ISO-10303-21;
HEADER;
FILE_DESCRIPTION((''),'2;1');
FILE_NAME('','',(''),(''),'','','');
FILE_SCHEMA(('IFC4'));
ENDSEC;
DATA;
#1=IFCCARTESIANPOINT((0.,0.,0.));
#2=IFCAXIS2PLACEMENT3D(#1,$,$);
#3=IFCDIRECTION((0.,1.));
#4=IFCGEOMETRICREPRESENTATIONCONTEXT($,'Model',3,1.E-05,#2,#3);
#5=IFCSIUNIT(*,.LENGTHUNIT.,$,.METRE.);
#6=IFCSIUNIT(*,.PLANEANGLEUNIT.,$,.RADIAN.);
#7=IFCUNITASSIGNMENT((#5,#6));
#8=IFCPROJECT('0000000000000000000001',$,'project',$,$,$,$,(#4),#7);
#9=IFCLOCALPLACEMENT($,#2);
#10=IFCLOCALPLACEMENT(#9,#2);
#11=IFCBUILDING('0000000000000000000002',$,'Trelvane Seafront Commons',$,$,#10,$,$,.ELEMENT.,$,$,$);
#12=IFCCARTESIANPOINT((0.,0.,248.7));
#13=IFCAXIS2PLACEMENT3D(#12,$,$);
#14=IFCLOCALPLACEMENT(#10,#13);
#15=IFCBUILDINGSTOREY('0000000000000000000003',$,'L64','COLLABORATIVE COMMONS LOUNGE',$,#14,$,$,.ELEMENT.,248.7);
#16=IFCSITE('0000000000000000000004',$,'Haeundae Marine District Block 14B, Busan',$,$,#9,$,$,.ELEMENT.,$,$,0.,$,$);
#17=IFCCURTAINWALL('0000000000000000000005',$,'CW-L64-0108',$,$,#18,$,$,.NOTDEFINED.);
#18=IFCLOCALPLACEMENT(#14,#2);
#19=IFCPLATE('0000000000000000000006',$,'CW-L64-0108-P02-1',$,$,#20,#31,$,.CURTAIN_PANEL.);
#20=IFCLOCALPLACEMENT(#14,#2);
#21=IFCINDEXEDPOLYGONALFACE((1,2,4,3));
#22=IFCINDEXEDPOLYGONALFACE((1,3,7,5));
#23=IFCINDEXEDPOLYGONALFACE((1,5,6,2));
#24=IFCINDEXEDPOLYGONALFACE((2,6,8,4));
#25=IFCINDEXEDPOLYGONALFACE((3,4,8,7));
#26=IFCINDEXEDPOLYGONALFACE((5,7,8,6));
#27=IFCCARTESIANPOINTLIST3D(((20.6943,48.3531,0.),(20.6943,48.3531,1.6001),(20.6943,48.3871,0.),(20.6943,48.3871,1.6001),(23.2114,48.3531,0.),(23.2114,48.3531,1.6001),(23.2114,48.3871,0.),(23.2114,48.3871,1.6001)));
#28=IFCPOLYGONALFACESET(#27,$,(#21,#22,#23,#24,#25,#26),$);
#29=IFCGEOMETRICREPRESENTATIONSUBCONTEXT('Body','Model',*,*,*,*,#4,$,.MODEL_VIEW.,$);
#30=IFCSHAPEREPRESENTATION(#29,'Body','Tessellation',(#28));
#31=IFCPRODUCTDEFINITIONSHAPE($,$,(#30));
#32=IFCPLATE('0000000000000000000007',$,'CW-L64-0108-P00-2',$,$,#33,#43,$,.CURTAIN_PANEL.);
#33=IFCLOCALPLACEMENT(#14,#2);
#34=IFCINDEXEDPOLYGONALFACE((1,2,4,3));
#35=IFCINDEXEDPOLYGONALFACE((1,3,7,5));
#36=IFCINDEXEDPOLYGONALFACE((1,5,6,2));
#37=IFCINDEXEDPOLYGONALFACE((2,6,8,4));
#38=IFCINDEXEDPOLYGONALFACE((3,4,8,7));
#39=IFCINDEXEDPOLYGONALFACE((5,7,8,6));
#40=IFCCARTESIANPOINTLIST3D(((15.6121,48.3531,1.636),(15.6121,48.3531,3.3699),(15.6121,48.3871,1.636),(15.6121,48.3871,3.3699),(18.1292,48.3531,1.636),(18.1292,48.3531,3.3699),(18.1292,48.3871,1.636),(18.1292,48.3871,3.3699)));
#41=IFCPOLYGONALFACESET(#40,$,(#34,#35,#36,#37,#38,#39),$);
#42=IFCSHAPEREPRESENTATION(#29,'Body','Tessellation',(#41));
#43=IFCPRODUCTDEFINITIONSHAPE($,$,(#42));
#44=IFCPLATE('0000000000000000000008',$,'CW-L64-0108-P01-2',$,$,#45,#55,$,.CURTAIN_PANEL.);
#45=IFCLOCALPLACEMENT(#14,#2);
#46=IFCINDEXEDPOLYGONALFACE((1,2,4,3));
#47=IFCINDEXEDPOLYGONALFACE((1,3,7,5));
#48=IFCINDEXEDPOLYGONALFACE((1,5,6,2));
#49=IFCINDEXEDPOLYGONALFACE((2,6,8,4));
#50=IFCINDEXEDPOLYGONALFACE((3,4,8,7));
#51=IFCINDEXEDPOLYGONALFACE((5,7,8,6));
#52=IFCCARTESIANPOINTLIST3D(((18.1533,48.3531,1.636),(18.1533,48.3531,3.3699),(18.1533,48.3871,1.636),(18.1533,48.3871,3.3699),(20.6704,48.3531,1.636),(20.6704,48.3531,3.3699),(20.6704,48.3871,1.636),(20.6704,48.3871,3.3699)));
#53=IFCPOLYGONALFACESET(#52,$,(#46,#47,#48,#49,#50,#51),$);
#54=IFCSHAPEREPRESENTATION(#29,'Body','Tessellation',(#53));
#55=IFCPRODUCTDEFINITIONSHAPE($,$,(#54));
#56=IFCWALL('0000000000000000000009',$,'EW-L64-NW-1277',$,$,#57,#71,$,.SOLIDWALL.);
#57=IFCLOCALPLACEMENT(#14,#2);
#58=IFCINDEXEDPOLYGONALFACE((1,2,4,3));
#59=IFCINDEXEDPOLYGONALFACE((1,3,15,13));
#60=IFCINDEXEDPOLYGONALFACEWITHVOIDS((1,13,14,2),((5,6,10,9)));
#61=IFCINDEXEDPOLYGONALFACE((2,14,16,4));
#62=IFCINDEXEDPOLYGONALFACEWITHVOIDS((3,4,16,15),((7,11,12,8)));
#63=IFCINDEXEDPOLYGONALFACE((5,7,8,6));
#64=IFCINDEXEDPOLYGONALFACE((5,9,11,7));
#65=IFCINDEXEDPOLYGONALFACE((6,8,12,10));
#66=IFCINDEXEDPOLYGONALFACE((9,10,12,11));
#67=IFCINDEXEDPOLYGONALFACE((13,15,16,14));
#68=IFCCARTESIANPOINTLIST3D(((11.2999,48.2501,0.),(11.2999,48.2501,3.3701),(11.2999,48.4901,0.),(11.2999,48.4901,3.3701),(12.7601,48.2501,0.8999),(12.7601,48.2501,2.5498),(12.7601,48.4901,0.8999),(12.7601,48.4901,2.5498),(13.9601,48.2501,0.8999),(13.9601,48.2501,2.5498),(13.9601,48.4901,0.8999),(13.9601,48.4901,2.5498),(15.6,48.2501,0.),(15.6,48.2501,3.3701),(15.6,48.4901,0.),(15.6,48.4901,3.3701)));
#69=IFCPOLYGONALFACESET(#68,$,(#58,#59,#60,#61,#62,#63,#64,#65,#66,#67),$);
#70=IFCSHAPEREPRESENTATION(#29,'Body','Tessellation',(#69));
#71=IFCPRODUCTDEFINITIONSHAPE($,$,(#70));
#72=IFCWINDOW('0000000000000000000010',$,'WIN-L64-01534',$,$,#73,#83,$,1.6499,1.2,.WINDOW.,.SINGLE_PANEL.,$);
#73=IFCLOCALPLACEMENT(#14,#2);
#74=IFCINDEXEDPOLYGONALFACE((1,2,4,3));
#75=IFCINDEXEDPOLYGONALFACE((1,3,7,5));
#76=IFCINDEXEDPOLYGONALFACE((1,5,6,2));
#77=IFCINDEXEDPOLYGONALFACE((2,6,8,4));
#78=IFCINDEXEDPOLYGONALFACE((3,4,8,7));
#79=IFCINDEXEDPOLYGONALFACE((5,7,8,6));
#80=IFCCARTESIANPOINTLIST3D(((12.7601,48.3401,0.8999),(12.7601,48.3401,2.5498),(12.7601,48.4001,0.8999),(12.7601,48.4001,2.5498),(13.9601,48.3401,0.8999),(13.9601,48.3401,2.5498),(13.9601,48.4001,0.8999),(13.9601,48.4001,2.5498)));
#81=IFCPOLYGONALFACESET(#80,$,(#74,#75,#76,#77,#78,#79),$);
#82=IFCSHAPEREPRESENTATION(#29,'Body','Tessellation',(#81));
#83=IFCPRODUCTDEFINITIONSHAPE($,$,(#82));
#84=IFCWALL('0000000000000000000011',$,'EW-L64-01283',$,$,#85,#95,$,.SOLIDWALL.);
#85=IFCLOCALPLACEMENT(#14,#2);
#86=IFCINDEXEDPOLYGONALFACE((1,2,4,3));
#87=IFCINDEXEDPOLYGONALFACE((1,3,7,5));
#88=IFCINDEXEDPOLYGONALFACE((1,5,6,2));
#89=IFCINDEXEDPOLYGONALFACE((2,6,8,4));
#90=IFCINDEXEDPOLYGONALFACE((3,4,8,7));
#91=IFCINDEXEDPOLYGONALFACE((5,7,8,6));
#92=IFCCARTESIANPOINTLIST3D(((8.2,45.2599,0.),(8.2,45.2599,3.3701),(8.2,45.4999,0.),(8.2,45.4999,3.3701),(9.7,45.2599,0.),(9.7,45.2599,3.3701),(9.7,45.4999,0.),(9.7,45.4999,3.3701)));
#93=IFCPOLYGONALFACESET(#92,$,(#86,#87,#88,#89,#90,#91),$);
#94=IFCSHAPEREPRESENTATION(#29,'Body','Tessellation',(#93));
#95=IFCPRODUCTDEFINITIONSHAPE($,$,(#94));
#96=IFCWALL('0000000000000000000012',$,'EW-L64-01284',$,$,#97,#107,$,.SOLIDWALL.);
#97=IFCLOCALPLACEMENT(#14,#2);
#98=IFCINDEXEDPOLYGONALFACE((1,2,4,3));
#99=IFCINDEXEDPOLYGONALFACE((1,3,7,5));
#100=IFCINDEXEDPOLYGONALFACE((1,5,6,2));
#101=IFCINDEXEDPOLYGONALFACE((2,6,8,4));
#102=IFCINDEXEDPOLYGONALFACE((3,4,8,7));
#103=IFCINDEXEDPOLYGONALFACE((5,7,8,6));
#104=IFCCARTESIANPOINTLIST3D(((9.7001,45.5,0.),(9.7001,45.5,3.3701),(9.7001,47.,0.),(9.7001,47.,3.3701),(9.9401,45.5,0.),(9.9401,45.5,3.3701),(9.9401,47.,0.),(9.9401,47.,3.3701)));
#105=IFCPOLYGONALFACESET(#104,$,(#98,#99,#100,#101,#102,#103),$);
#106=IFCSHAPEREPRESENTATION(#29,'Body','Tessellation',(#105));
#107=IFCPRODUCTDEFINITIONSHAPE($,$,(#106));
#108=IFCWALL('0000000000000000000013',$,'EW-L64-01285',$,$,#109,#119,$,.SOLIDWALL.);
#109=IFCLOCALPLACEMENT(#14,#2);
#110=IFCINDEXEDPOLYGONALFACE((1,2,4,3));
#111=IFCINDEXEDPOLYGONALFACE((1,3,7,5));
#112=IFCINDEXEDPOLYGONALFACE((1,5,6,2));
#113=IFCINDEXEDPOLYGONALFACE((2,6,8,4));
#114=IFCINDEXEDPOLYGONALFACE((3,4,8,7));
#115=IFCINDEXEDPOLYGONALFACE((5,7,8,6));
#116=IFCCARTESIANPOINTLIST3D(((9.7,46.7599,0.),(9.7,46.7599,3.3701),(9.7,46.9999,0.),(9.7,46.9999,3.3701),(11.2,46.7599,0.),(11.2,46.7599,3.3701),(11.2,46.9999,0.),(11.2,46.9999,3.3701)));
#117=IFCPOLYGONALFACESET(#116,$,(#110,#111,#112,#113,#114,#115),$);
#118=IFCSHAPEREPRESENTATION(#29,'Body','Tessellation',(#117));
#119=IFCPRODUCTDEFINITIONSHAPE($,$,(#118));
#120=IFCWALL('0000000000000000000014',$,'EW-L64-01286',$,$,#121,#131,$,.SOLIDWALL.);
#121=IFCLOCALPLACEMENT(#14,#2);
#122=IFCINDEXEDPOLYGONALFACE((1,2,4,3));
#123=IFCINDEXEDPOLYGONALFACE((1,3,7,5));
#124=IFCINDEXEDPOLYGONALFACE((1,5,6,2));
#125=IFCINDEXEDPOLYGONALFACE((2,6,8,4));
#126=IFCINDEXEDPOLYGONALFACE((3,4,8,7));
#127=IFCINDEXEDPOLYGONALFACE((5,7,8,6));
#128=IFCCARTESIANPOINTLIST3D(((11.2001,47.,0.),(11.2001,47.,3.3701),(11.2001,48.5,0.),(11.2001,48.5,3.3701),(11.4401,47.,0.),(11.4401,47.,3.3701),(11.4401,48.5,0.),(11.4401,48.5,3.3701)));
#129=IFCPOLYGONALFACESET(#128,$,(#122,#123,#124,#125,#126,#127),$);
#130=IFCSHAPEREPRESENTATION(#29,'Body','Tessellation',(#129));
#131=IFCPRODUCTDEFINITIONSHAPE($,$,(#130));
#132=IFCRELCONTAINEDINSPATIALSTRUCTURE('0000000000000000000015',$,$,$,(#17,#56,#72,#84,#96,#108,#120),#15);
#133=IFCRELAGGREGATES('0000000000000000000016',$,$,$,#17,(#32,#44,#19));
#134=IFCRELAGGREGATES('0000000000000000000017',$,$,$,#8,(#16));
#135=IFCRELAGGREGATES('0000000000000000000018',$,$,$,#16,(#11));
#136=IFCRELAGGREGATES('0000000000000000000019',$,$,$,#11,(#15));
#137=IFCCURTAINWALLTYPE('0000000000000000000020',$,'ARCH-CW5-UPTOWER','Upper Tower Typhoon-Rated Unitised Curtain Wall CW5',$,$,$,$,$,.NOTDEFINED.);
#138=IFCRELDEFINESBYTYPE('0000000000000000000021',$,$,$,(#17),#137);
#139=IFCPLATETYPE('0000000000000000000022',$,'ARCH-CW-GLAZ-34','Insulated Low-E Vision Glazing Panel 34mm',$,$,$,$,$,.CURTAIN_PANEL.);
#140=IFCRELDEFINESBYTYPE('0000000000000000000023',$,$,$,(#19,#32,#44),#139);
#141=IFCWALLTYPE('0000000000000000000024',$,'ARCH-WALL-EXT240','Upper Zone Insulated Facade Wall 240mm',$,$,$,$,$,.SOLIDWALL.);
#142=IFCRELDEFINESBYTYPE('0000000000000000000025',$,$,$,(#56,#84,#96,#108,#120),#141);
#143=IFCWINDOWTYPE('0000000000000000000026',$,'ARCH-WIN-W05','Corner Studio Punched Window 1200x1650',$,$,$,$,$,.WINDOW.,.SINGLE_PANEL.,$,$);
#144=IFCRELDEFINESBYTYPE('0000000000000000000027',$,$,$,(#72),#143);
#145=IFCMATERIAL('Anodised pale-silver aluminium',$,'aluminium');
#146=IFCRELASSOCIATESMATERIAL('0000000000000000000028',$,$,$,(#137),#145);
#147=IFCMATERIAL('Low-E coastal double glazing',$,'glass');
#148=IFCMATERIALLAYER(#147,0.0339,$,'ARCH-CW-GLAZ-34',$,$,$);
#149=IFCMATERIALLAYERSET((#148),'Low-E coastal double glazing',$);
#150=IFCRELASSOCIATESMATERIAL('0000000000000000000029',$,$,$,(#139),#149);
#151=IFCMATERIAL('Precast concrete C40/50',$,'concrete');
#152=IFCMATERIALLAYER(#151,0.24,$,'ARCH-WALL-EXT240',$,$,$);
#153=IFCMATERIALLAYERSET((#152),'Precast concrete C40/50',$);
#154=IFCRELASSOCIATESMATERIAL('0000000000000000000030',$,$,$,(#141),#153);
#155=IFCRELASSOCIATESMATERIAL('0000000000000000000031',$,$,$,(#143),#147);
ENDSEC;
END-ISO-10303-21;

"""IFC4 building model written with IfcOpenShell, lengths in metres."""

from ifc_helpers import new_model, si_unit, direction, frame, frame_2d, origin, origin_2d, place, context, subcontext, project, spatial, rectangle, extrude, source, transform, mapped, material, layer, layer_set, type_object, element, fill, aggregate, save


model = new_model("IFC4")

# Units and contexts
model_context = context("Model", 3, precision=1e-05, world=origin(), true_north=direction((0.0, 1.0)))
body_context = subcontext(model_context, "Body", "Model", "MODEL_VIEW")
ifc_project = project(units=[si_unit("LENGTHUNIT", "METRE"), si_unit("PLANEANGLEUNIT", "RADIAN")], contexts=[model_context])

# Site, building, storey
site_placement = place(None, origin())
site = spatial("IfcSite", under=ifc_project, at=site_placement, Name="Haeundae Marine District Block 14B, Busan", CompositionType="ELEMENT", RefElevation=0.0)
building_placement = place(site_placement, origin())
building = spatial("IfcBuilding", under=site, at=building_placement, Name="Trelvane Seafront Commons", CompositionType="ELEMENT")
storey_placement = place(building_placement, frame((0.0, 0.0, 248.7)))
storey = spatial("IfcBuildingStorey", under=building, at=storey_placement, Name="L64", Description="COLLABORATIVE COMMONS LOUNGE", CompositionType="ELEMENT", Elevation=248.7)

# Curtain wall
ifc_material_1 = material(Name="Anodised pale-silver aluminium", Category="aluminium")
curtain_wall_type = type_object("IfcCurtainWallType", Name="ARCH-CW5-UPTOWER", Description="Upper Tower Typhoon-Rated Unitised Curtain Wall CW5", PredefinedType="NOTDEFINED", material=ifc_material_1)
curtain_wall_placement = place(storey_placement, origin())
curtain_wall = element("IfcCurtainWall", 1, at=curtain_wall_placement, inside=storey, type_object=curtain_wall_type, Name="CW-L64-0108", PredefinedType="NOTDEFINED")

# Plates
ifc_material_2 = material(Name="Low-E coastal double glazing", Category="glass")
ifc_layer_1 = layer(ifc_material_2, 0.0339, Name="ARCH-CW-GLAZ-34")
ifc_layer_set_1 = layer_set([ifc_layer_1], Name="Low-E coastal double glazing")
plate_type_1 = type_object("IfcPlateType", Name="ARCH-CW-GLAZ-34", Description="Insulated Low-E Vision Glazing Panel 34mm", PredefinedType="CURTAIN_PANEL", material=ifc_layer_set_1)
shared_shape_1 = source(origin(), body_context, "Body", "SweptSolid", [
    extrude(rectangle(XDim=2.5171, YDim=0.0339, at=origin_2d()), origin(), (0.0, 0.0, 1.0), 1.6001),
])
plate_1_placement = place(storey_placement, frame((21.9529, 48.3701, 0.0), z_axis=(0.0, 0.0, 1.0), x_axis=(1.0, 0.0, 0.0)))
plate_1 = element("IfcPlate", 2, at=plate_1_placement, type_object=plate_type_1, Name="CW-L64-0108-P02-1", PredefinedType="CURTAIN_PANEL", context=body_context, shape_type="MappedRepresentation", body=[
    mapped(shared_shape_1, transform((0.0, 0.0, 0.0), x_axis=(1.0, 0.0, 0.0), y_axis=(0.0, 1.0, 0.0), z_axis=(0.0, 0.0, 1.0), scale=1.0)),
])
shared_shape_2 = source(origin(), body_context, "Body", "SweptSolid", [
    extrude(rectangle(XDim=2.5171, YDim=0.0339, at=origin_2d()), origin(), (0.0, 0.0, 1.0), 1.7339),
])
plate_2_placement = place(storey_placement, frame((16.8706, 48.3701, 1.636), z_axis=(0.0, 0.0, 1.0), x_axis=(1.0, 0.0, 0.0)))
plate_2 = element("IfcPlate", 3, at=plate_2_placement, type_object=plate_type_1, Name="CW-L64-0108-P00-2", PredefinedType="CURTAIN_PANEL", context=body_context, shape_type="MappedRepresentation", body=[
    mapped(shared_shape_2, transform((0.0, 0.0, 0.0), x_axis=(1.0, 0.0, 0.0), y_axis=(0.0, 1.0, 0.0), z_axis=(0.0, 0.0, 1.0), scale=1.0)),
])
plate_3_placement = place(storey_placement, frame((19.4119, 48.3701, 1.636), z_axis=(0.0, 0.0, 1.0), x_axis=(1.0, 0.0, 0.0)))
plate_3 = element("IfcPlate", 4, at=plate_3_placement, type_object=plate_type_1, Name="CW-L64-0108-P01-2", PredefinedType="CURTAIN_PANEL", context=body_context, shape_type="MappedRepresentation", body=[
    mapped(shared_shape_2, transform((0.0, 0.0, 0.0), x_axis=(1.0, 0.0, 0.0), y_axis=(0.0, 1.0, 0.0), z_axis=(0.0, 0.0, 1.0), scale=1.0)),
])
aggregate(curtain_wall, [plate_2, plate_3, plate_1])

# Wall, opening, window
ifc_material_3 = material(Name="Precast concrete C40/50", Category="concrete")
ifc_layer_2 = layer(ifc_material_3, 0.24, Name="ARCH-WALL-EXT240")
ifc_layer_set_2 = layer_set([ifc_layer_2], Name="Precast concrete C40/50")
wall_type = type_object("IfcWallType", Name="ARCH-WALL-EXT240", Description="Upper Zone Insulated Facade Wall 240mm", PredefinedType="SOLIDWALL", material=ifc_layer_set_2)
wall_placement = place(storey_placement, frame((11.3, 48.3701, 0.0), z_axis=(0.0, 0.0, 1.0), x_axis=(1.0, 0.0, 0.0)))
wall = element("IfcWall", 5, at=wall_placement, inside=storey, type_object=wall_type, Name="EW-L64-NW-1277", PredefinedType="SOLIDWALL", context=body_context, shape_type="SweptSolid", body=[
    extrude(rectangle(XDim=4.3, YDim=0.24, at=frame_2d((2.1499, 0.0))), origin(), (0.0, 0.0, 1.0), 3.3701),
])
opening_placement = place(wall_placement, frame((1.46, 0.0, 0.8999)))
opening = element("IfcOpeningElement", 6, at=opening_placement, cuts=wall, PredefinedType="OPENING", context=body_context, shape_type="SweptSolid", body=[
    extrude(rectangle(XDim=1.2, YDim=1.6499, at=frame_2d((0.6001, 0.825))), frame((0.0, 0.1299, 0.0), z_axis=(0.0, -1.0, 0.0), x_axis=(1.0, 0.0, 0.0)), (0.0, 0.0, 1.0), 0.26),
])
window_type = type_object("IfcWindowType", Name="ARCH-WIN-W05", Description="Corner Studio Punched Window 1200x1650", PartitioningType="SINGLE_PANEL", PredefinedType="WINDOW", material=ifc_material_2)
shared_shape_3 = source(origin(), body_context, "Body", "SweptSolid", [
    extrude(rectangle(XDim=1.2, YDim=1.6499, at=frame_2d((0.6001, 0.825))), frame((0.0, 0.03, 0.0), z_axis=(0.0, -1.0, 0.0), x_axis=(1.0, 0.0, 0.0)), (0.0, 0.0, 1.0), 0.0601),
])
window_placement = place(opening_placement, origin())
window = element("IfcWindow", 7, at=window_placement, inside=storey, type_object=window_type, Name="WIN-L64-01534", OverallHeight=1.6499, OverallWidth=1.2, PartitioningType="SINGLE_PANEL", PredefinedType="WINDOW", context=body_context, shape_type="MappedRepresentation", body=[
    mapped(shared_shape_3, transform((0.0, 0.0, 0.0), x_axis=(1.0, 0.0, 0.0), y_axis=(0.0, 1.0, 0.0), z_axis=(0.0, 0.0, 1.0), scale=1.0)),
])
fill(opening, window)

# Walls
for number, where, z_axis, x_axis, name in (
    (8, (8.2, 45.3799, 0.0), (0.0, 0.0, 1.0), (1.0, 0.0, 0.0), "EW-L64-01283"),
    (9, (9.8201, 45.5, 0.0), (0.0, 0.0, 1.0), (0.0, 1.0, 0.0), "EW-L64-01284"),
    (10, (9.7, 46.8799, 0.0), (0.0, 0.0, 1.0), (1.0, 0.0, 0.0), "EW-L64-01285"),
    (11, (11.3201, 47.0, 0.0), (0.0, 0.0, 1.0), (0.0, 1.0, 0.0), "EW-L64-01286"),
):
    element("IfcWall", number, at=place(storey_placement, frame(where, z_axis=z_axis, x_axis=x_axis)), inside=storey, type_object=wall_type, Name=name, PredefinedType="SOLIDWALL", context=body_context, shape_type="SweptSolid", body=[
        extrude(rectangle(XDim=1.5, YDim=0.24, at=frame_2d((0.75, 0.0))), origin(), (0.0, 0.0, 1.0), 3.3701),
    ])

save(model, "model.ifc")
